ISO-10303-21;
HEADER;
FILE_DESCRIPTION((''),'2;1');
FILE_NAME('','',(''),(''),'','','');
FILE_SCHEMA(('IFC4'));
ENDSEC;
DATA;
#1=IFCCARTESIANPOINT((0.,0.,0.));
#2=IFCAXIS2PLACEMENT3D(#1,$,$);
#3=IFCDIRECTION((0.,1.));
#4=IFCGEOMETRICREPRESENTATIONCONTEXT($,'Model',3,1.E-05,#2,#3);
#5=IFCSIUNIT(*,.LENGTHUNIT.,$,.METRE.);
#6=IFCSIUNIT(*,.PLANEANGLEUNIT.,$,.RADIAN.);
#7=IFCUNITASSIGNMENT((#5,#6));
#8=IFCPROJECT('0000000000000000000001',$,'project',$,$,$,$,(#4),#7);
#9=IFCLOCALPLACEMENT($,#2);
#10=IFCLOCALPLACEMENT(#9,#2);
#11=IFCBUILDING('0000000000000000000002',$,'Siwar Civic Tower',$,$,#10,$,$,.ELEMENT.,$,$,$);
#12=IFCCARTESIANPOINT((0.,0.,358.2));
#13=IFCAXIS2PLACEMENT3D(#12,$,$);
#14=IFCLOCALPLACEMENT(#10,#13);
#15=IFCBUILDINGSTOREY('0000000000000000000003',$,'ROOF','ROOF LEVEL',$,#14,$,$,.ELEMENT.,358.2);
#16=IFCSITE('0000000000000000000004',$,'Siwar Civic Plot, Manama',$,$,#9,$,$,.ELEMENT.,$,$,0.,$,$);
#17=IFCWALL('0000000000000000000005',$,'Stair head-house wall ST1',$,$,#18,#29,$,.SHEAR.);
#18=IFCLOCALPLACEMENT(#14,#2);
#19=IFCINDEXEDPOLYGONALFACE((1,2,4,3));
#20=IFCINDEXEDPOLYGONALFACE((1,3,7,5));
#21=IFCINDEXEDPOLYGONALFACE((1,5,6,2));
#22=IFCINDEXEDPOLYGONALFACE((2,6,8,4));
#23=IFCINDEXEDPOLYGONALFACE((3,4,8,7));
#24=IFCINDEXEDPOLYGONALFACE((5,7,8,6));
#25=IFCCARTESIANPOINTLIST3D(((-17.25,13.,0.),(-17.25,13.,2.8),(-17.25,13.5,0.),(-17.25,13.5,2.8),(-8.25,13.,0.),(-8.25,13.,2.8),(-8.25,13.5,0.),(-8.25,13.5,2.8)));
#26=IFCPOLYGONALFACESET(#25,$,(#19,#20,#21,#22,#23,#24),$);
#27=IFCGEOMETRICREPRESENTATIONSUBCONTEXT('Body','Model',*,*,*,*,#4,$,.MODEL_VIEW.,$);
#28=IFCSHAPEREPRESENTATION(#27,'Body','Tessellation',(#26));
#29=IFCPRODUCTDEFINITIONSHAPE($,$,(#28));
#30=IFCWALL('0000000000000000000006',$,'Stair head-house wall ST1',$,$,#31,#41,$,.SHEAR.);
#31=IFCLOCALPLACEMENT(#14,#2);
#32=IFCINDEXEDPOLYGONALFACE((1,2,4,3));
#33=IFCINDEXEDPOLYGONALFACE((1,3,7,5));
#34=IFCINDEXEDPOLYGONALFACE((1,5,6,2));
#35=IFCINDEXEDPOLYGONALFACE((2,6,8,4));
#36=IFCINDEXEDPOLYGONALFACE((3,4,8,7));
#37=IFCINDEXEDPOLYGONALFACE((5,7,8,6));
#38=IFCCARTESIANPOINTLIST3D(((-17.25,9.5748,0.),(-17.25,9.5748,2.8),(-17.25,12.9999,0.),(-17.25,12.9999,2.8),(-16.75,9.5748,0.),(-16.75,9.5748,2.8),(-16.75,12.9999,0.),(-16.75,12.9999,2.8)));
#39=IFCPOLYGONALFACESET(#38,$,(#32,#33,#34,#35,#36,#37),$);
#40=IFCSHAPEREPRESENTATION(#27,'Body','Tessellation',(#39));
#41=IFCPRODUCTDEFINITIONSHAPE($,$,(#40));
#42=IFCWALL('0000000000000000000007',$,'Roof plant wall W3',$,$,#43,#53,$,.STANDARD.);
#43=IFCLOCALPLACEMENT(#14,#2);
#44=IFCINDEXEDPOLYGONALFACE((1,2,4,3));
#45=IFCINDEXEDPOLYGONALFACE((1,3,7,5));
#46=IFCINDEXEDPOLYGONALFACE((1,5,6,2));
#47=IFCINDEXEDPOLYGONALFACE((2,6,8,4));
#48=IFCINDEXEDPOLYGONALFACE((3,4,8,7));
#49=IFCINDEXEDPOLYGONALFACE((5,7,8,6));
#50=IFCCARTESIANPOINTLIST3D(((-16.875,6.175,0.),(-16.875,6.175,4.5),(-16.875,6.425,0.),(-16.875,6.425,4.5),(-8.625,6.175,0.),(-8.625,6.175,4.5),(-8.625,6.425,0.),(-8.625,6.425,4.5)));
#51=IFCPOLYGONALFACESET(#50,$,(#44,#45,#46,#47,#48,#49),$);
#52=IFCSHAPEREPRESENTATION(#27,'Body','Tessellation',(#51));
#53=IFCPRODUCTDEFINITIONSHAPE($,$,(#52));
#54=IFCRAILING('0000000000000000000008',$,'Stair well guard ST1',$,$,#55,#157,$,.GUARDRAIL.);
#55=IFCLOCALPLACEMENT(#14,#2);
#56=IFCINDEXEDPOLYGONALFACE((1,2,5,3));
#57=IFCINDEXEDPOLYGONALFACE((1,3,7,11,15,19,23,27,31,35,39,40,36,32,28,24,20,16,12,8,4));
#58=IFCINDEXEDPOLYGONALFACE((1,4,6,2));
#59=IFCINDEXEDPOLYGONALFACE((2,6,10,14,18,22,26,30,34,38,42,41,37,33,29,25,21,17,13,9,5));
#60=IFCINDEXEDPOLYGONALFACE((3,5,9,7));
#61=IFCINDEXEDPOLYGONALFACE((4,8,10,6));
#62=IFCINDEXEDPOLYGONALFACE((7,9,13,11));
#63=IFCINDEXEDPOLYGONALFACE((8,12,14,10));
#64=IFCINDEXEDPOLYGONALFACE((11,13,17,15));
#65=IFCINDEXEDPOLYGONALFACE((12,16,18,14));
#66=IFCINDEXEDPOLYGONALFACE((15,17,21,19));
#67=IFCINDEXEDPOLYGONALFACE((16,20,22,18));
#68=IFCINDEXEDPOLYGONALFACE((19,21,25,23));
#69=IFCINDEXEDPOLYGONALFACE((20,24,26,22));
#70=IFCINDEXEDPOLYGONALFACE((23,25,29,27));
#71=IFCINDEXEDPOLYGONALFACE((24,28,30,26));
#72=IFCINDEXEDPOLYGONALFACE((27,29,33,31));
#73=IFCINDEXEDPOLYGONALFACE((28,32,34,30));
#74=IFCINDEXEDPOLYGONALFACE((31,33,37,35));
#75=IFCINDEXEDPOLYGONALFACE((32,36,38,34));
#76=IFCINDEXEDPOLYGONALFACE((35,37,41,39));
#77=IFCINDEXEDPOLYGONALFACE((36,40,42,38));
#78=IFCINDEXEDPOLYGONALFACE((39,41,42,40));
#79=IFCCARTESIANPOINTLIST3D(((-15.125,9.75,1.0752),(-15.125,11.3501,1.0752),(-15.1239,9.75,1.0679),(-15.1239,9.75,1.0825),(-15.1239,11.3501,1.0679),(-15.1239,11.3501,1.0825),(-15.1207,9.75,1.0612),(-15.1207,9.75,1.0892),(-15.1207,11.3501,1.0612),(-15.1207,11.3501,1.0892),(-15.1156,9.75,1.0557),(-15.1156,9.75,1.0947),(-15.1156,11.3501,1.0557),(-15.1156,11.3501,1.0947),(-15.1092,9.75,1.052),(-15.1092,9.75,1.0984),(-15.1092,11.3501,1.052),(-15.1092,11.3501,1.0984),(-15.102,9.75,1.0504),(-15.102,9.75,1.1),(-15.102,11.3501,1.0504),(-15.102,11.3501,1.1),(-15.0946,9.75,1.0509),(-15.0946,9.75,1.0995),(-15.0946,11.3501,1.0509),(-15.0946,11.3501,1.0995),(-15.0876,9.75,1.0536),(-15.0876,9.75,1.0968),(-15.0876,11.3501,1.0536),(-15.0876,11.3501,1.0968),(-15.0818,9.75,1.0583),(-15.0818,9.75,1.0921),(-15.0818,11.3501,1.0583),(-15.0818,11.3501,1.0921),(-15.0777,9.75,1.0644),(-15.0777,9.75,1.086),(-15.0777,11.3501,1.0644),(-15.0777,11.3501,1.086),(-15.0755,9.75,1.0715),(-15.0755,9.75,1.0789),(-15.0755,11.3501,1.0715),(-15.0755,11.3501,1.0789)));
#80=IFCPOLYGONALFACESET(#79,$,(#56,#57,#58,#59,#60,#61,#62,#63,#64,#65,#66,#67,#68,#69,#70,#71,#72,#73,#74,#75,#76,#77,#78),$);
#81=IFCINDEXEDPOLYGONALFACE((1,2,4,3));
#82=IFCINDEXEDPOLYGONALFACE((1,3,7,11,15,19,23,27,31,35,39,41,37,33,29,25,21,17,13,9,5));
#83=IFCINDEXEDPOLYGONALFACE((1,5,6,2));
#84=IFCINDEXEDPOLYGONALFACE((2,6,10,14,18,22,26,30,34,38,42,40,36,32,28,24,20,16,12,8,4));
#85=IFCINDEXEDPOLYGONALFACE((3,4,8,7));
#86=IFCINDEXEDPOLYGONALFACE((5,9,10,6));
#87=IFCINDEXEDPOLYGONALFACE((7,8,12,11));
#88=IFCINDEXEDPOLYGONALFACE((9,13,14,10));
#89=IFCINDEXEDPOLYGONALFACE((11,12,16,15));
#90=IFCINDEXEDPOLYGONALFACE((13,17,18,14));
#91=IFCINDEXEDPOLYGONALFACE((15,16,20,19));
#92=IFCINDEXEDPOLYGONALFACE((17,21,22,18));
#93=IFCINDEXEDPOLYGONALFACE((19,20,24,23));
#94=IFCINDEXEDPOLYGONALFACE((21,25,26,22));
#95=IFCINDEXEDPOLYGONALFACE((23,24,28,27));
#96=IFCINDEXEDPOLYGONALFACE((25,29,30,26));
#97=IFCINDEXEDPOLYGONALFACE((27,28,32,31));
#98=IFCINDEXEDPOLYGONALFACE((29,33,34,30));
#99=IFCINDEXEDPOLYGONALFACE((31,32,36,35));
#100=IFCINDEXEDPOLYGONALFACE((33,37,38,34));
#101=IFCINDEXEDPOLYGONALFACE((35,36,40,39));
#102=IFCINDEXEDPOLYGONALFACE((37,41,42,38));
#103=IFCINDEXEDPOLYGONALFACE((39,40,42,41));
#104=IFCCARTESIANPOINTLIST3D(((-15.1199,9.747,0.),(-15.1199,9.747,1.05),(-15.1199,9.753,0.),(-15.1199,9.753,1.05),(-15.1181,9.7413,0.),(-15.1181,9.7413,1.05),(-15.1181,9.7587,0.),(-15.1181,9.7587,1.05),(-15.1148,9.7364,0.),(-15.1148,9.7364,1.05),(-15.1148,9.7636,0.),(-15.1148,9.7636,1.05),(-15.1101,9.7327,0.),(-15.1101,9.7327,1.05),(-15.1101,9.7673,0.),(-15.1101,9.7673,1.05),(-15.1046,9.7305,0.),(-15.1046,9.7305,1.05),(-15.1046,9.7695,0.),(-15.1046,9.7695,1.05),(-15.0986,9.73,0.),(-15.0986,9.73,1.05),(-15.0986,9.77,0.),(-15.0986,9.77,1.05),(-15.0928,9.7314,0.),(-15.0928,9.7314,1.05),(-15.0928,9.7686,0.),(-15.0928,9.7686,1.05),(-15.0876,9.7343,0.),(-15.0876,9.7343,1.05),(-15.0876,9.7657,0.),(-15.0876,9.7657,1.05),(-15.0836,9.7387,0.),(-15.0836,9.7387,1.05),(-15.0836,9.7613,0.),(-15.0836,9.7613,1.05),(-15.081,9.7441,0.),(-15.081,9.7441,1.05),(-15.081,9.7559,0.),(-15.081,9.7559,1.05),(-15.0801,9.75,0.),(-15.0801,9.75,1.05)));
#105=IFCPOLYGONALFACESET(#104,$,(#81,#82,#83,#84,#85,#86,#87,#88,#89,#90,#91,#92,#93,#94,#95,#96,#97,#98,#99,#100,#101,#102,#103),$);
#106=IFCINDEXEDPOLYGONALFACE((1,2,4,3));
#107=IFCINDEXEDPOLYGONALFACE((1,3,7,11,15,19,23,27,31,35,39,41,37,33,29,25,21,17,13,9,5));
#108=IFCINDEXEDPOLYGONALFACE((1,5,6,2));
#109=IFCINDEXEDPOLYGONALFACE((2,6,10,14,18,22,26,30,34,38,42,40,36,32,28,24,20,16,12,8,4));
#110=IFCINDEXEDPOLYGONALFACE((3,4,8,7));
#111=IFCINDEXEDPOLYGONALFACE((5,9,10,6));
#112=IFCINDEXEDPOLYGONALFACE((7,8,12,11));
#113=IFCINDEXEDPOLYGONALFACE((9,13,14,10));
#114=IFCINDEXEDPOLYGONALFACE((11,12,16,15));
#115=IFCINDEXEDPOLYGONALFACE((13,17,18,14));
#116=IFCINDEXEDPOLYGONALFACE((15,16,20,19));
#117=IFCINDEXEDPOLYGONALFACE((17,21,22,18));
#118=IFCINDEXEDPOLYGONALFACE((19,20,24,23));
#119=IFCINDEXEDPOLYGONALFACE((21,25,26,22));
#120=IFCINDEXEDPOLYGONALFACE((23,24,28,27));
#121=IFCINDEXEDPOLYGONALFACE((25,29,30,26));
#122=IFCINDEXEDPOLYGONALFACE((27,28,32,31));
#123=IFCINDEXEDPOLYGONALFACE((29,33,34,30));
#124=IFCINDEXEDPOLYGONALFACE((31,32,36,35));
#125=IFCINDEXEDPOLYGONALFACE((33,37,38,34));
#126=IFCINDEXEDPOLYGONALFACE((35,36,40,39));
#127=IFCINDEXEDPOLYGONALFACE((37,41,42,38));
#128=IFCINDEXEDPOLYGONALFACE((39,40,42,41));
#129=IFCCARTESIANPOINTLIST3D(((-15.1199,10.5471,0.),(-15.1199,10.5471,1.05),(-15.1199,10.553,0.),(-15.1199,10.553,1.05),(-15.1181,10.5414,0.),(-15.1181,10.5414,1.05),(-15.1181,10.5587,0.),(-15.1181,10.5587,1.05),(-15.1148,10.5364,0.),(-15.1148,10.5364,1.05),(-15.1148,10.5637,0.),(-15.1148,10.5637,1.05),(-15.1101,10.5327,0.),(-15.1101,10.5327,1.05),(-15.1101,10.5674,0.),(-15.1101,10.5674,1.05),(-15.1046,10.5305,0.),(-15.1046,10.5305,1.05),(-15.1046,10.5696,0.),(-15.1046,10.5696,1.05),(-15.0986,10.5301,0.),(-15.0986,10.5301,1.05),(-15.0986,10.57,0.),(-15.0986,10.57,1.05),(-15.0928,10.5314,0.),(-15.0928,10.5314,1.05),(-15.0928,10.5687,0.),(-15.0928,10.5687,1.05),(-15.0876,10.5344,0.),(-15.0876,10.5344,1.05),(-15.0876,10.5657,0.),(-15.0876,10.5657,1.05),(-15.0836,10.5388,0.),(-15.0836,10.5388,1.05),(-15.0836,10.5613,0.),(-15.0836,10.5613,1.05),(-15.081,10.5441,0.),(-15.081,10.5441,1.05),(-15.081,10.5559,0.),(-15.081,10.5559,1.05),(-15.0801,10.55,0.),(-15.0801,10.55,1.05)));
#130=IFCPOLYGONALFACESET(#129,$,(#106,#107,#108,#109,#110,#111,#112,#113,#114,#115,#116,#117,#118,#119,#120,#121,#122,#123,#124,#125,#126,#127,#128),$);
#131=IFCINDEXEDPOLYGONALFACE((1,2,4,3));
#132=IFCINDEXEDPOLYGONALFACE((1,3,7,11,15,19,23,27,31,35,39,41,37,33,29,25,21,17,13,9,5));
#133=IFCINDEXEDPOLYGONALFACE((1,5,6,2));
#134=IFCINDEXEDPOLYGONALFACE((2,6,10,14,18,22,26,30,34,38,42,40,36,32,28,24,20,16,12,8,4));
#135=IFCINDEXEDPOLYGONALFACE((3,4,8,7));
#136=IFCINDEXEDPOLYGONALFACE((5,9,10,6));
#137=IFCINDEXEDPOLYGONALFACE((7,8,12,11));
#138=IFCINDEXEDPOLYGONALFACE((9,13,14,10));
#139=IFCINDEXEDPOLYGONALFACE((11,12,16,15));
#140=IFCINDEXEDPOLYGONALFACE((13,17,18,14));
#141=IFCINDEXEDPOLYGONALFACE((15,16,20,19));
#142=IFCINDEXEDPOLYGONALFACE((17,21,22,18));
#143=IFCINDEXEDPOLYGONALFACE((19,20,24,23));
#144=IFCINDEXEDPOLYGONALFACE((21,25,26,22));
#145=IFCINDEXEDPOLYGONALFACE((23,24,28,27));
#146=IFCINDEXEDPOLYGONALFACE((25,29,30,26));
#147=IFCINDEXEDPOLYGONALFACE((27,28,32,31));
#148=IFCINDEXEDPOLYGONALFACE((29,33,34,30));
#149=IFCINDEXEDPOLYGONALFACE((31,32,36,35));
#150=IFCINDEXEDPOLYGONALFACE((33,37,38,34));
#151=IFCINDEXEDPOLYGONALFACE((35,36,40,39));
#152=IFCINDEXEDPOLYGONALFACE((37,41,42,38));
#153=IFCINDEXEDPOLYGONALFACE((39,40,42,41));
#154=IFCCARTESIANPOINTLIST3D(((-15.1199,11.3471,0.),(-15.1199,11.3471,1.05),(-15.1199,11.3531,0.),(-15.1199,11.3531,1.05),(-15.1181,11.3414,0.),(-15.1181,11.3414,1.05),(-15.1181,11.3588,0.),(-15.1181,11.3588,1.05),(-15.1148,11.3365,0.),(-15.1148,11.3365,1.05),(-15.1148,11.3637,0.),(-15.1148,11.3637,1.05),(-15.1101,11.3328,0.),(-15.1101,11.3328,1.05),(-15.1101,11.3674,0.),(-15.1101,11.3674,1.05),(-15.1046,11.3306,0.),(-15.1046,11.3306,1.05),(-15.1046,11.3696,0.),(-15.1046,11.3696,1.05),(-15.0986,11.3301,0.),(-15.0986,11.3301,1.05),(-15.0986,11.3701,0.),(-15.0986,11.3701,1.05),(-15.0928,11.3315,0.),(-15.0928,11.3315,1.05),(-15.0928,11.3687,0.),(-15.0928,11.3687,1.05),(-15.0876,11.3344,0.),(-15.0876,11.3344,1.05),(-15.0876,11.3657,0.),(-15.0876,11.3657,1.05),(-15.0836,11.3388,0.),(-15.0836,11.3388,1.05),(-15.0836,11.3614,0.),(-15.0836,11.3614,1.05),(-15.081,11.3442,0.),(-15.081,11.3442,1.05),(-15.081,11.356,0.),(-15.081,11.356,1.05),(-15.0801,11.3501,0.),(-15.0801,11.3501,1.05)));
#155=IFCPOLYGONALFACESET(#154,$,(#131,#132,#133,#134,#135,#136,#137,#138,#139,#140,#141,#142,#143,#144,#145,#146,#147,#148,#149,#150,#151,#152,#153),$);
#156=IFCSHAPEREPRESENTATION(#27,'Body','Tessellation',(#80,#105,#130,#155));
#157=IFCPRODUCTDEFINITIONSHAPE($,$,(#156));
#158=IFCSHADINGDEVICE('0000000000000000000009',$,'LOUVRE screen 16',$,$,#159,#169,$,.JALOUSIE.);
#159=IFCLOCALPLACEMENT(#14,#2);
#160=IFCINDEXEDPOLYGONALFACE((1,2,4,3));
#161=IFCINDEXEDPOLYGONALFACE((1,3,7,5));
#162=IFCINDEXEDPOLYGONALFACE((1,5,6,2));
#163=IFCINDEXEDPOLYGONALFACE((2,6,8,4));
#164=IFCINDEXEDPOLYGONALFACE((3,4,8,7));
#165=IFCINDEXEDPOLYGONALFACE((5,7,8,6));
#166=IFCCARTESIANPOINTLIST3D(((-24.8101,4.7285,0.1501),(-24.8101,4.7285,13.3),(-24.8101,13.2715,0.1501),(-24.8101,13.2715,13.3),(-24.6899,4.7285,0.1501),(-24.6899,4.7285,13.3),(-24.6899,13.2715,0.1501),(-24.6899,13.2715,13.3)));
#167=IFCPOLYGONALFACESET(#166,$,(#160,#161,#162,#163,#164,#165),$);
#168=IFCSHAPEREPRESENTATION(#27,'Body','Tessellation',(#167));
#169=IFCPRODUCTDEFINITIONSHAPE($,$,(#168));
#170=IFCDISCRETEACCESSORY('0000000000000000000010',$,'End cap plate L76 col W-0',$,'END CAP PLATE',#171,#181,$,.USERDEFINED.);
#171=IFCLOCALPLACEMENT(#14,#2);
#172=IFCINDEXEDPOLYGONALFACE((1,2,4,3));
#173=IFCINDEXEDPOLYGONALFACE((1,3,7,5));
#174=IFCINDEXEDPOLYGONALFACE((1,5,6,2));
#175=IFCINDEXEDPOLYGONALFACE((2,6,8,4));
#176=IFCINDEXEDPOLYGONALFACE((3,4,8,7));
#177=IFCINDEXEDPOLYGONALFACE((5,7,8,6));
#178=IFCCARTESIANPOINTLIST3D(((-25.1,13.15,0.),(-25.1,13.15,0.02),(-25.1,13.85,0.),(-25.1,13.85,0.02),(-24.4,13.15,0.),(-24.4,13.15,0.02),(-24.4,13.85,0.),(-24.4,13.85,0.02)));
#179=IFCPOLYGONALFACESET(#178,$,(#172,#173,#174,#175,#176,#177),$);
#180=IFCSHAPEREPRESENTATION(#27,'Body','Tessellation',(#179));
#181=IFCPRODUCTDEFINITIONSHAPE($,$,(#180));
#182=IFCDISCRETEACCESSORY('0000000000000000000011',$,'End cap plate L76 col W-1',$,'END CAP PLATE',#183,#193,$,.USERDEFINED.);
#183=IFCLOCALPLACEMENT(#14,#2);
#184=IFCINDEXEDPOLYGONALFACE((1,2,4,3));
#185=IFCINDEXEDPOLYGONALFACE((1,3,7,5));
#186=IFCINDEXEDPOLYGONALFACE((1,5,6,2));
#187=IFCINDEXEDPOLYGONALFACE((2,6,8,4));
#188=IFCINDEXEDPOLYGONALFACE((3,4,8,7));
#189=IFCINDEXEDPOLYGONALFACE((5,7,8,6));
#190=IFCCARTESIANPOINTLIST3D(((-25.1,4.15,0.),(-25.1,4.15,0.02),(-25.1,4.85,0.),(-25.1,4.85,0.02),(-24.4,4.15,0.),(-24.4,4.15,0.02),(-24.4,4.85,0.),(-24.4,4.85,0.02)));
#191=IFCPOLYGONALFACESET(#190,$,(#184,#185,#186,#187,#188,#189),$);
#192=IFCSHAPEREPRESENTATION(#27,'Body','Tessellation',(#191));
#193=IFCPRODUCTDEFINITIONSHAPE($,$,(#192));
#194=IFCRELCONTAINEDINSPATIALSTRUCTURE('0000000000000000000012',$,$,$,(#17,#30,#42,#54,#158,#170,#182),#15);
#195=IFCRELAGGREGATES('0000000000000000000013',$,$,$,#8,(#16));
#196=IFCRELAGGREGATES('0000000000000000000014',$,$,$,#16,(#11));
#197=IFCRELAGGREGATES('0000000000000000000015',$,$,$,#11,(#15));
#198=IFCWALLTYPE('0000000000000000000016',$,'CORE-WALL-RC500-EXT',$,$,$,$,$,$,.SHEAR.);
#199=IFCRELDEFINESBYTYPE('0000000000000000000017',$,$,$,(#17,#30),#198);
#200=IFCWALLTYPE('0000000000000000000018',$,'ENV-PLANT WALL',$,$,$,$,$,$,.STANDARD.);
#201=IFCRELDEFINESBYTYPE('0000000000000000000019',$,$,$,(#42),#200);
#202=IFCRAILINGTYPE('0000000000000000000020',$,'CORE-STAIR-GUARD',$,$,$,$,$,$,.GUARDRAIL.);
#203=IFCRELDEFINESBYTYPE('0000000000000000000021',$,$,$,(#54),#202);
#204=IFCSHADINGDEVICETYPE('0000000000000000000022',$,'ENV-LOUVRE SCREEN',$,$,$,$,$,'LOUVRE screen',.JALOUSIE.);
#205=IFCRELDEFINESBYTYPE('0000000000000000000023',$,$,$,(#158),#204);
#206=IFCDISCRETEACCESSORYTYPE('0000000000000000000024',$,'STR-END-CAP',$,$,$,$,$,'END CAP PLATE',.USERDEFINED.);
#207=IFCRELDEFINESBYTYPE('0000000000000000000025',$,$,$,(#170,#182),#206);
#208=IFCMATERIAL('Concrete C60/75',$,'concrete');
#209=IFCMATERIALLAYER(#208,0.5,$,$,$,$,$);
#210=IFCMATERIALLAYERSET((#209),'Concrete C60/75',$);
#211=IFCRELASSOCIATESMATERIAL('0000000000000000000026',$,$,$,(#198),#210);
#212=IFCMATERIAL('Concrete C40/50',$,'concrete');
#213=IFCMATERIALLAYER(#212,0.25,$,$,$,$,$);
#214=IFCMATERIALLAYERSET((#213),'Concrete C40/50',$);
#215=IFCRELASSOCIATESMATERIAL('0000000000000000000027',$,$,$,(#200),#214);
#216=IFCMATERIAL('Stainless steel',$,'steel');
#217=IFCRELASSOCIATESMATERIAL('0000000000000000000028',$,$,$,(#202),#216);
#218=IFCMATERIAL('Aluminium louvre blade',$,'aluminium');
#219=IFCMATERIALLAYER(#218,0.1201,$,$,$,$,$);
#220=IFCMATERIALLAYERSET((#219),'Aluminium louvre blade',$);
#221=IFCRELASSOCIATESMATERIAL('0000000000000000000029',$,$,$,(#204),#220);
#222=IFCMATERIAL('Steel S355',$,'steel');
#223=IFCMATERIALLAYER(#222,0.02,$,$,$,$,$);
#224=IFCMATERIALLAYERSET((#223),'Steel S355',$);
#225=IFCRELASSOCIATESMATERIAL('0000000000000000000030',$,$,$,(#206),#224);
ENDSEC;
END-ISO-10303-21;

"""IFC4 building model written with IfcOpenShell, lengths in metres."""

from ifc_helpers import new_model, si_unit, direction, frame, frame_2d, origin, origin_2d, place, context, subcontext, project, spatial, rectangle, circle, extrude, material, layer, layer_set, type_object, element, save


model = new_model("IFC4")

# Units and contexts
model_context = context("Model", 3, precision=1e-05, world=origin(), true_north=direction((0.0, 1.0)))
body_context = subcontext(model_context, "Body", "Model", "MODEL_VIEW")
ifc_project = project(units=[si_unit("LENGTHUNIT", "METRE"), si_unit("PLANEANGLEUNIT", "RADIAN")], contexts=[model_context])

# Site, building, storey
site_placement = place(None, origin())
site = spatial("IfcSite", under=ifc_project, at=site_placement, Name="Siwar Civic Plot, Manama", CompositionType="ELEMENT", RefElevation=0.0)
building_placement = place(site_placement, origin())
building = spatial("IfcBuilding", under=site, at=building_placement, Name="Siwar Civic Tower", CompositionType="ELEMENT")
storey_placement = place(building_placement, frame((0.0, 0.0, 358.2)))
storey = spatial("IfcBuildingStorey", under=building, at=storey_placement, Name="ROOF", Description="ROOF LEVEL", CompositionType="ELEMENT", Elevation=358.2)

# Walls
ifc_material_1 = material(Name="Concrete C60/75", Category="concrete")
ifc_layer_1 = layer(ifc_material_1, 0.5)
ifc_layer_set_1 = layer_set([ifc_layer_1], Name="Concrete C60/75")
wall_type_1 = type_object("IfcWallType", Name="CORE-WALL-RC500-EXT", PredefinedType="SHEAR", material=ifc_layer_set_1)
wall_1_placement = place(storey_placement, frame((-8.25, 13.25, 0.0), z_axis=(0.0, 0.0, 1.0), x_axis=(-1.0, 0.0, 0.0)))
element("IfcWall", 1, at=wall_1_placement, inside=storey, type_object=wall_type_1, Name="Stair head-house wall ST1", PredefinedType="SHEAR", context=body_context, shape_type="SweptSolid", body=[
    extrude(rectangle(XDim=9.0, YDim=0.5, at=frame_2d((4.5, 0.0))), origin(), (0.0, 0.0, 1.0), 2.8),
])
wall_2_placement = place(storey_placement, frame((-17.0, 9.575, 0.0), z_axis=(0.0, 0.0, 1.0), x_axis=(0.0, 1.0, 0.0)))
element("IfcWall", 2, at=wall_2_placement, inside=storey, type_object=wall_type_1, Name="Stair head-house wall ST1", PredefinedType="SHEAR", context=body_context, shape_type="SweptSolid", body=[
    extrude(rectangle(XDim=3.425, YDim=0.5, at=frame_2d((1.7124, 0.0))), origin(), (0.0, 0.0, 1.0), 2.8),
])
ifc_material_2 = material(Name="Concrete C40/50", Category="concrete")
ifc_layer_2 = layer(ifc_material_2, 0.25)
ifc_layer_set_2 = layer_set([ifc_layer_2], Name="Concrete C40/50")
wall_type_2 = type_object("IfcWallType", Name="ENV-PLANT WALL", PredefinedType="STANDARD", material=ifc_layer_set_2)
wall_3_placement = place(storey_placement, frame((-8.625, 6.3, 0.0), z_axis=(0.0, 0.0, 1.0), x_axis=(-1.0, 0.0, 0.0)))
element("IfcWall", 3, at=wall_3_placement, inside=storey, type_object=wall_type_2, Name="Roof plant wall W3", PredefinedType="STANDARD", context=body_context, shape_type="SweptSolid", body=[
    extrude(rectangle(XDim=8.25, YDim=0.25, at=frame_2d((4.125, 0.0))), origin(), (0.0, 0.0, 1.0), 4.5),
])

# Railing
ifc_material_3 = material(Name="Stainless steel", Category="steel")
railing_type = type_object("IfcRailingType", Name="CORE-STAIR-GUARD", PredefinedType="GUARDRAIL", material=ifc_material_3)
railing_placement = place(storey_placement, frame((-15.1001, 9.75, 0.0)))
element("IfcRailing", 4, at=railing_placement, inside=storey, type_object=railing_type, Name="Stair well guard ST1", PredefinedType="GUARDRAIL", context=body_context, shape_type="SweptSolid", body=[
    extrude(circle(Radius=0.0249, at=origin_2d()), frame((0.0, 0.0, 1.0752), z_axis=(0.0, 1.0, 0.0), x_axis=(-1.0, 0.0, 0.0)), (0.0, 0.0, 1.0), 1.6001),
    extrude(circle(Radius=0.02, at=origin_2d()), origin(), (0.0, 0.0, 1.0), 1.05),
    extrude(circle(Radius=0.02, at=origin_2d()), frame((0.0, 0.8, 0.0)), (0.0, 0.0, 1.0), 1.05),
    extrude(circle(Radius=0.02, at=origin_2d()), frame((0.0, 1.6001, 0.0)), (0.0, 0.0, 1.0), 1.05),
])

# Shading device
ifc_material_4 = material(Name="Aluminium louvre blade", Category="aluminium")
ifc_layer_3 = layer(ifc_material_4, 0.1201)
ifc_layer_set_3 = layer_set([ifc_layer_3], Name="Aluminium louvre blade")
shading_device_type = type_object("IfcShadingDeviceType", Name="ENV-LOUVRE SCREEN", ElementType="LOUVRE screen", PredefinedType="JALOUSIE", material=ifc_layer_set_3)
shading_device_placement = place(storey_placement, frame((-24.75, 9.0, 0.1501), z_axis=(0.0, 0.0, 1.0), x_axis=(0.0, -1.0, 0.0)))
element("IfcShadingDevice", 5, at=shading_device_placement, inside=storey, type_object=shading_device_type, Name="LOUVRE screen 16", PredefinedType="JALOUSIE", context=body_context, shape_type="SweptSolid", body=[
    extrude(rectangle(XDim=8.543, YDim=0.1201, at=origin_2d()), origin(), (0.0, 0.0, 1.0), 13.1499),
])

# Discrete accessories
ifc_material_5 = material(Name="Steel S355", Category="steel")
ifc_layer_4 = layer(ifc_material_5, 0.02)
ifc_layer_set_4 = layer_set([ifc_layer_4], Name="Steel S355")
discrete_accessory_type = type_object("IfcDiscreteAccessoryType", Name="STR-END-CAP", ElementType="END CAP PLATE", PredefinedType="USERDEFINED", material=ifc_layer_set_4)
for number, where, z_axis, x_axis, name in (
    (6, (-24.75, 13.5, 0.0), (0.0, 0.0, 1.0), (1.0, 0.0, 0.0), "End cap plate L76 col W-0"),
    (7, (-24.75, 4.5, 0.0), (0.0, 0.0, 1.0), (1.0, 0.0, 0.0), "End cap plate L76 col W-1"),
):
    element("IfcDiscreteAccessory", number, at=place(storey_placement, frame(where, z_axis=z_axis, x_axis=x_axis)), inside=storey, type_object=discrete_accessory_type, Name=name, ObjectType="END CAP PLATE", PredefinedType="USERDEFINED", context=body_context, shape_type="SweptSolid", body=[
        extrude(rectangle(XDim=0.7, YDim=0.7, at=origin_2d()), origin(), (0.0, 0.0, 1.0), 0.02),
    ])

save(model, "model.ifc")
